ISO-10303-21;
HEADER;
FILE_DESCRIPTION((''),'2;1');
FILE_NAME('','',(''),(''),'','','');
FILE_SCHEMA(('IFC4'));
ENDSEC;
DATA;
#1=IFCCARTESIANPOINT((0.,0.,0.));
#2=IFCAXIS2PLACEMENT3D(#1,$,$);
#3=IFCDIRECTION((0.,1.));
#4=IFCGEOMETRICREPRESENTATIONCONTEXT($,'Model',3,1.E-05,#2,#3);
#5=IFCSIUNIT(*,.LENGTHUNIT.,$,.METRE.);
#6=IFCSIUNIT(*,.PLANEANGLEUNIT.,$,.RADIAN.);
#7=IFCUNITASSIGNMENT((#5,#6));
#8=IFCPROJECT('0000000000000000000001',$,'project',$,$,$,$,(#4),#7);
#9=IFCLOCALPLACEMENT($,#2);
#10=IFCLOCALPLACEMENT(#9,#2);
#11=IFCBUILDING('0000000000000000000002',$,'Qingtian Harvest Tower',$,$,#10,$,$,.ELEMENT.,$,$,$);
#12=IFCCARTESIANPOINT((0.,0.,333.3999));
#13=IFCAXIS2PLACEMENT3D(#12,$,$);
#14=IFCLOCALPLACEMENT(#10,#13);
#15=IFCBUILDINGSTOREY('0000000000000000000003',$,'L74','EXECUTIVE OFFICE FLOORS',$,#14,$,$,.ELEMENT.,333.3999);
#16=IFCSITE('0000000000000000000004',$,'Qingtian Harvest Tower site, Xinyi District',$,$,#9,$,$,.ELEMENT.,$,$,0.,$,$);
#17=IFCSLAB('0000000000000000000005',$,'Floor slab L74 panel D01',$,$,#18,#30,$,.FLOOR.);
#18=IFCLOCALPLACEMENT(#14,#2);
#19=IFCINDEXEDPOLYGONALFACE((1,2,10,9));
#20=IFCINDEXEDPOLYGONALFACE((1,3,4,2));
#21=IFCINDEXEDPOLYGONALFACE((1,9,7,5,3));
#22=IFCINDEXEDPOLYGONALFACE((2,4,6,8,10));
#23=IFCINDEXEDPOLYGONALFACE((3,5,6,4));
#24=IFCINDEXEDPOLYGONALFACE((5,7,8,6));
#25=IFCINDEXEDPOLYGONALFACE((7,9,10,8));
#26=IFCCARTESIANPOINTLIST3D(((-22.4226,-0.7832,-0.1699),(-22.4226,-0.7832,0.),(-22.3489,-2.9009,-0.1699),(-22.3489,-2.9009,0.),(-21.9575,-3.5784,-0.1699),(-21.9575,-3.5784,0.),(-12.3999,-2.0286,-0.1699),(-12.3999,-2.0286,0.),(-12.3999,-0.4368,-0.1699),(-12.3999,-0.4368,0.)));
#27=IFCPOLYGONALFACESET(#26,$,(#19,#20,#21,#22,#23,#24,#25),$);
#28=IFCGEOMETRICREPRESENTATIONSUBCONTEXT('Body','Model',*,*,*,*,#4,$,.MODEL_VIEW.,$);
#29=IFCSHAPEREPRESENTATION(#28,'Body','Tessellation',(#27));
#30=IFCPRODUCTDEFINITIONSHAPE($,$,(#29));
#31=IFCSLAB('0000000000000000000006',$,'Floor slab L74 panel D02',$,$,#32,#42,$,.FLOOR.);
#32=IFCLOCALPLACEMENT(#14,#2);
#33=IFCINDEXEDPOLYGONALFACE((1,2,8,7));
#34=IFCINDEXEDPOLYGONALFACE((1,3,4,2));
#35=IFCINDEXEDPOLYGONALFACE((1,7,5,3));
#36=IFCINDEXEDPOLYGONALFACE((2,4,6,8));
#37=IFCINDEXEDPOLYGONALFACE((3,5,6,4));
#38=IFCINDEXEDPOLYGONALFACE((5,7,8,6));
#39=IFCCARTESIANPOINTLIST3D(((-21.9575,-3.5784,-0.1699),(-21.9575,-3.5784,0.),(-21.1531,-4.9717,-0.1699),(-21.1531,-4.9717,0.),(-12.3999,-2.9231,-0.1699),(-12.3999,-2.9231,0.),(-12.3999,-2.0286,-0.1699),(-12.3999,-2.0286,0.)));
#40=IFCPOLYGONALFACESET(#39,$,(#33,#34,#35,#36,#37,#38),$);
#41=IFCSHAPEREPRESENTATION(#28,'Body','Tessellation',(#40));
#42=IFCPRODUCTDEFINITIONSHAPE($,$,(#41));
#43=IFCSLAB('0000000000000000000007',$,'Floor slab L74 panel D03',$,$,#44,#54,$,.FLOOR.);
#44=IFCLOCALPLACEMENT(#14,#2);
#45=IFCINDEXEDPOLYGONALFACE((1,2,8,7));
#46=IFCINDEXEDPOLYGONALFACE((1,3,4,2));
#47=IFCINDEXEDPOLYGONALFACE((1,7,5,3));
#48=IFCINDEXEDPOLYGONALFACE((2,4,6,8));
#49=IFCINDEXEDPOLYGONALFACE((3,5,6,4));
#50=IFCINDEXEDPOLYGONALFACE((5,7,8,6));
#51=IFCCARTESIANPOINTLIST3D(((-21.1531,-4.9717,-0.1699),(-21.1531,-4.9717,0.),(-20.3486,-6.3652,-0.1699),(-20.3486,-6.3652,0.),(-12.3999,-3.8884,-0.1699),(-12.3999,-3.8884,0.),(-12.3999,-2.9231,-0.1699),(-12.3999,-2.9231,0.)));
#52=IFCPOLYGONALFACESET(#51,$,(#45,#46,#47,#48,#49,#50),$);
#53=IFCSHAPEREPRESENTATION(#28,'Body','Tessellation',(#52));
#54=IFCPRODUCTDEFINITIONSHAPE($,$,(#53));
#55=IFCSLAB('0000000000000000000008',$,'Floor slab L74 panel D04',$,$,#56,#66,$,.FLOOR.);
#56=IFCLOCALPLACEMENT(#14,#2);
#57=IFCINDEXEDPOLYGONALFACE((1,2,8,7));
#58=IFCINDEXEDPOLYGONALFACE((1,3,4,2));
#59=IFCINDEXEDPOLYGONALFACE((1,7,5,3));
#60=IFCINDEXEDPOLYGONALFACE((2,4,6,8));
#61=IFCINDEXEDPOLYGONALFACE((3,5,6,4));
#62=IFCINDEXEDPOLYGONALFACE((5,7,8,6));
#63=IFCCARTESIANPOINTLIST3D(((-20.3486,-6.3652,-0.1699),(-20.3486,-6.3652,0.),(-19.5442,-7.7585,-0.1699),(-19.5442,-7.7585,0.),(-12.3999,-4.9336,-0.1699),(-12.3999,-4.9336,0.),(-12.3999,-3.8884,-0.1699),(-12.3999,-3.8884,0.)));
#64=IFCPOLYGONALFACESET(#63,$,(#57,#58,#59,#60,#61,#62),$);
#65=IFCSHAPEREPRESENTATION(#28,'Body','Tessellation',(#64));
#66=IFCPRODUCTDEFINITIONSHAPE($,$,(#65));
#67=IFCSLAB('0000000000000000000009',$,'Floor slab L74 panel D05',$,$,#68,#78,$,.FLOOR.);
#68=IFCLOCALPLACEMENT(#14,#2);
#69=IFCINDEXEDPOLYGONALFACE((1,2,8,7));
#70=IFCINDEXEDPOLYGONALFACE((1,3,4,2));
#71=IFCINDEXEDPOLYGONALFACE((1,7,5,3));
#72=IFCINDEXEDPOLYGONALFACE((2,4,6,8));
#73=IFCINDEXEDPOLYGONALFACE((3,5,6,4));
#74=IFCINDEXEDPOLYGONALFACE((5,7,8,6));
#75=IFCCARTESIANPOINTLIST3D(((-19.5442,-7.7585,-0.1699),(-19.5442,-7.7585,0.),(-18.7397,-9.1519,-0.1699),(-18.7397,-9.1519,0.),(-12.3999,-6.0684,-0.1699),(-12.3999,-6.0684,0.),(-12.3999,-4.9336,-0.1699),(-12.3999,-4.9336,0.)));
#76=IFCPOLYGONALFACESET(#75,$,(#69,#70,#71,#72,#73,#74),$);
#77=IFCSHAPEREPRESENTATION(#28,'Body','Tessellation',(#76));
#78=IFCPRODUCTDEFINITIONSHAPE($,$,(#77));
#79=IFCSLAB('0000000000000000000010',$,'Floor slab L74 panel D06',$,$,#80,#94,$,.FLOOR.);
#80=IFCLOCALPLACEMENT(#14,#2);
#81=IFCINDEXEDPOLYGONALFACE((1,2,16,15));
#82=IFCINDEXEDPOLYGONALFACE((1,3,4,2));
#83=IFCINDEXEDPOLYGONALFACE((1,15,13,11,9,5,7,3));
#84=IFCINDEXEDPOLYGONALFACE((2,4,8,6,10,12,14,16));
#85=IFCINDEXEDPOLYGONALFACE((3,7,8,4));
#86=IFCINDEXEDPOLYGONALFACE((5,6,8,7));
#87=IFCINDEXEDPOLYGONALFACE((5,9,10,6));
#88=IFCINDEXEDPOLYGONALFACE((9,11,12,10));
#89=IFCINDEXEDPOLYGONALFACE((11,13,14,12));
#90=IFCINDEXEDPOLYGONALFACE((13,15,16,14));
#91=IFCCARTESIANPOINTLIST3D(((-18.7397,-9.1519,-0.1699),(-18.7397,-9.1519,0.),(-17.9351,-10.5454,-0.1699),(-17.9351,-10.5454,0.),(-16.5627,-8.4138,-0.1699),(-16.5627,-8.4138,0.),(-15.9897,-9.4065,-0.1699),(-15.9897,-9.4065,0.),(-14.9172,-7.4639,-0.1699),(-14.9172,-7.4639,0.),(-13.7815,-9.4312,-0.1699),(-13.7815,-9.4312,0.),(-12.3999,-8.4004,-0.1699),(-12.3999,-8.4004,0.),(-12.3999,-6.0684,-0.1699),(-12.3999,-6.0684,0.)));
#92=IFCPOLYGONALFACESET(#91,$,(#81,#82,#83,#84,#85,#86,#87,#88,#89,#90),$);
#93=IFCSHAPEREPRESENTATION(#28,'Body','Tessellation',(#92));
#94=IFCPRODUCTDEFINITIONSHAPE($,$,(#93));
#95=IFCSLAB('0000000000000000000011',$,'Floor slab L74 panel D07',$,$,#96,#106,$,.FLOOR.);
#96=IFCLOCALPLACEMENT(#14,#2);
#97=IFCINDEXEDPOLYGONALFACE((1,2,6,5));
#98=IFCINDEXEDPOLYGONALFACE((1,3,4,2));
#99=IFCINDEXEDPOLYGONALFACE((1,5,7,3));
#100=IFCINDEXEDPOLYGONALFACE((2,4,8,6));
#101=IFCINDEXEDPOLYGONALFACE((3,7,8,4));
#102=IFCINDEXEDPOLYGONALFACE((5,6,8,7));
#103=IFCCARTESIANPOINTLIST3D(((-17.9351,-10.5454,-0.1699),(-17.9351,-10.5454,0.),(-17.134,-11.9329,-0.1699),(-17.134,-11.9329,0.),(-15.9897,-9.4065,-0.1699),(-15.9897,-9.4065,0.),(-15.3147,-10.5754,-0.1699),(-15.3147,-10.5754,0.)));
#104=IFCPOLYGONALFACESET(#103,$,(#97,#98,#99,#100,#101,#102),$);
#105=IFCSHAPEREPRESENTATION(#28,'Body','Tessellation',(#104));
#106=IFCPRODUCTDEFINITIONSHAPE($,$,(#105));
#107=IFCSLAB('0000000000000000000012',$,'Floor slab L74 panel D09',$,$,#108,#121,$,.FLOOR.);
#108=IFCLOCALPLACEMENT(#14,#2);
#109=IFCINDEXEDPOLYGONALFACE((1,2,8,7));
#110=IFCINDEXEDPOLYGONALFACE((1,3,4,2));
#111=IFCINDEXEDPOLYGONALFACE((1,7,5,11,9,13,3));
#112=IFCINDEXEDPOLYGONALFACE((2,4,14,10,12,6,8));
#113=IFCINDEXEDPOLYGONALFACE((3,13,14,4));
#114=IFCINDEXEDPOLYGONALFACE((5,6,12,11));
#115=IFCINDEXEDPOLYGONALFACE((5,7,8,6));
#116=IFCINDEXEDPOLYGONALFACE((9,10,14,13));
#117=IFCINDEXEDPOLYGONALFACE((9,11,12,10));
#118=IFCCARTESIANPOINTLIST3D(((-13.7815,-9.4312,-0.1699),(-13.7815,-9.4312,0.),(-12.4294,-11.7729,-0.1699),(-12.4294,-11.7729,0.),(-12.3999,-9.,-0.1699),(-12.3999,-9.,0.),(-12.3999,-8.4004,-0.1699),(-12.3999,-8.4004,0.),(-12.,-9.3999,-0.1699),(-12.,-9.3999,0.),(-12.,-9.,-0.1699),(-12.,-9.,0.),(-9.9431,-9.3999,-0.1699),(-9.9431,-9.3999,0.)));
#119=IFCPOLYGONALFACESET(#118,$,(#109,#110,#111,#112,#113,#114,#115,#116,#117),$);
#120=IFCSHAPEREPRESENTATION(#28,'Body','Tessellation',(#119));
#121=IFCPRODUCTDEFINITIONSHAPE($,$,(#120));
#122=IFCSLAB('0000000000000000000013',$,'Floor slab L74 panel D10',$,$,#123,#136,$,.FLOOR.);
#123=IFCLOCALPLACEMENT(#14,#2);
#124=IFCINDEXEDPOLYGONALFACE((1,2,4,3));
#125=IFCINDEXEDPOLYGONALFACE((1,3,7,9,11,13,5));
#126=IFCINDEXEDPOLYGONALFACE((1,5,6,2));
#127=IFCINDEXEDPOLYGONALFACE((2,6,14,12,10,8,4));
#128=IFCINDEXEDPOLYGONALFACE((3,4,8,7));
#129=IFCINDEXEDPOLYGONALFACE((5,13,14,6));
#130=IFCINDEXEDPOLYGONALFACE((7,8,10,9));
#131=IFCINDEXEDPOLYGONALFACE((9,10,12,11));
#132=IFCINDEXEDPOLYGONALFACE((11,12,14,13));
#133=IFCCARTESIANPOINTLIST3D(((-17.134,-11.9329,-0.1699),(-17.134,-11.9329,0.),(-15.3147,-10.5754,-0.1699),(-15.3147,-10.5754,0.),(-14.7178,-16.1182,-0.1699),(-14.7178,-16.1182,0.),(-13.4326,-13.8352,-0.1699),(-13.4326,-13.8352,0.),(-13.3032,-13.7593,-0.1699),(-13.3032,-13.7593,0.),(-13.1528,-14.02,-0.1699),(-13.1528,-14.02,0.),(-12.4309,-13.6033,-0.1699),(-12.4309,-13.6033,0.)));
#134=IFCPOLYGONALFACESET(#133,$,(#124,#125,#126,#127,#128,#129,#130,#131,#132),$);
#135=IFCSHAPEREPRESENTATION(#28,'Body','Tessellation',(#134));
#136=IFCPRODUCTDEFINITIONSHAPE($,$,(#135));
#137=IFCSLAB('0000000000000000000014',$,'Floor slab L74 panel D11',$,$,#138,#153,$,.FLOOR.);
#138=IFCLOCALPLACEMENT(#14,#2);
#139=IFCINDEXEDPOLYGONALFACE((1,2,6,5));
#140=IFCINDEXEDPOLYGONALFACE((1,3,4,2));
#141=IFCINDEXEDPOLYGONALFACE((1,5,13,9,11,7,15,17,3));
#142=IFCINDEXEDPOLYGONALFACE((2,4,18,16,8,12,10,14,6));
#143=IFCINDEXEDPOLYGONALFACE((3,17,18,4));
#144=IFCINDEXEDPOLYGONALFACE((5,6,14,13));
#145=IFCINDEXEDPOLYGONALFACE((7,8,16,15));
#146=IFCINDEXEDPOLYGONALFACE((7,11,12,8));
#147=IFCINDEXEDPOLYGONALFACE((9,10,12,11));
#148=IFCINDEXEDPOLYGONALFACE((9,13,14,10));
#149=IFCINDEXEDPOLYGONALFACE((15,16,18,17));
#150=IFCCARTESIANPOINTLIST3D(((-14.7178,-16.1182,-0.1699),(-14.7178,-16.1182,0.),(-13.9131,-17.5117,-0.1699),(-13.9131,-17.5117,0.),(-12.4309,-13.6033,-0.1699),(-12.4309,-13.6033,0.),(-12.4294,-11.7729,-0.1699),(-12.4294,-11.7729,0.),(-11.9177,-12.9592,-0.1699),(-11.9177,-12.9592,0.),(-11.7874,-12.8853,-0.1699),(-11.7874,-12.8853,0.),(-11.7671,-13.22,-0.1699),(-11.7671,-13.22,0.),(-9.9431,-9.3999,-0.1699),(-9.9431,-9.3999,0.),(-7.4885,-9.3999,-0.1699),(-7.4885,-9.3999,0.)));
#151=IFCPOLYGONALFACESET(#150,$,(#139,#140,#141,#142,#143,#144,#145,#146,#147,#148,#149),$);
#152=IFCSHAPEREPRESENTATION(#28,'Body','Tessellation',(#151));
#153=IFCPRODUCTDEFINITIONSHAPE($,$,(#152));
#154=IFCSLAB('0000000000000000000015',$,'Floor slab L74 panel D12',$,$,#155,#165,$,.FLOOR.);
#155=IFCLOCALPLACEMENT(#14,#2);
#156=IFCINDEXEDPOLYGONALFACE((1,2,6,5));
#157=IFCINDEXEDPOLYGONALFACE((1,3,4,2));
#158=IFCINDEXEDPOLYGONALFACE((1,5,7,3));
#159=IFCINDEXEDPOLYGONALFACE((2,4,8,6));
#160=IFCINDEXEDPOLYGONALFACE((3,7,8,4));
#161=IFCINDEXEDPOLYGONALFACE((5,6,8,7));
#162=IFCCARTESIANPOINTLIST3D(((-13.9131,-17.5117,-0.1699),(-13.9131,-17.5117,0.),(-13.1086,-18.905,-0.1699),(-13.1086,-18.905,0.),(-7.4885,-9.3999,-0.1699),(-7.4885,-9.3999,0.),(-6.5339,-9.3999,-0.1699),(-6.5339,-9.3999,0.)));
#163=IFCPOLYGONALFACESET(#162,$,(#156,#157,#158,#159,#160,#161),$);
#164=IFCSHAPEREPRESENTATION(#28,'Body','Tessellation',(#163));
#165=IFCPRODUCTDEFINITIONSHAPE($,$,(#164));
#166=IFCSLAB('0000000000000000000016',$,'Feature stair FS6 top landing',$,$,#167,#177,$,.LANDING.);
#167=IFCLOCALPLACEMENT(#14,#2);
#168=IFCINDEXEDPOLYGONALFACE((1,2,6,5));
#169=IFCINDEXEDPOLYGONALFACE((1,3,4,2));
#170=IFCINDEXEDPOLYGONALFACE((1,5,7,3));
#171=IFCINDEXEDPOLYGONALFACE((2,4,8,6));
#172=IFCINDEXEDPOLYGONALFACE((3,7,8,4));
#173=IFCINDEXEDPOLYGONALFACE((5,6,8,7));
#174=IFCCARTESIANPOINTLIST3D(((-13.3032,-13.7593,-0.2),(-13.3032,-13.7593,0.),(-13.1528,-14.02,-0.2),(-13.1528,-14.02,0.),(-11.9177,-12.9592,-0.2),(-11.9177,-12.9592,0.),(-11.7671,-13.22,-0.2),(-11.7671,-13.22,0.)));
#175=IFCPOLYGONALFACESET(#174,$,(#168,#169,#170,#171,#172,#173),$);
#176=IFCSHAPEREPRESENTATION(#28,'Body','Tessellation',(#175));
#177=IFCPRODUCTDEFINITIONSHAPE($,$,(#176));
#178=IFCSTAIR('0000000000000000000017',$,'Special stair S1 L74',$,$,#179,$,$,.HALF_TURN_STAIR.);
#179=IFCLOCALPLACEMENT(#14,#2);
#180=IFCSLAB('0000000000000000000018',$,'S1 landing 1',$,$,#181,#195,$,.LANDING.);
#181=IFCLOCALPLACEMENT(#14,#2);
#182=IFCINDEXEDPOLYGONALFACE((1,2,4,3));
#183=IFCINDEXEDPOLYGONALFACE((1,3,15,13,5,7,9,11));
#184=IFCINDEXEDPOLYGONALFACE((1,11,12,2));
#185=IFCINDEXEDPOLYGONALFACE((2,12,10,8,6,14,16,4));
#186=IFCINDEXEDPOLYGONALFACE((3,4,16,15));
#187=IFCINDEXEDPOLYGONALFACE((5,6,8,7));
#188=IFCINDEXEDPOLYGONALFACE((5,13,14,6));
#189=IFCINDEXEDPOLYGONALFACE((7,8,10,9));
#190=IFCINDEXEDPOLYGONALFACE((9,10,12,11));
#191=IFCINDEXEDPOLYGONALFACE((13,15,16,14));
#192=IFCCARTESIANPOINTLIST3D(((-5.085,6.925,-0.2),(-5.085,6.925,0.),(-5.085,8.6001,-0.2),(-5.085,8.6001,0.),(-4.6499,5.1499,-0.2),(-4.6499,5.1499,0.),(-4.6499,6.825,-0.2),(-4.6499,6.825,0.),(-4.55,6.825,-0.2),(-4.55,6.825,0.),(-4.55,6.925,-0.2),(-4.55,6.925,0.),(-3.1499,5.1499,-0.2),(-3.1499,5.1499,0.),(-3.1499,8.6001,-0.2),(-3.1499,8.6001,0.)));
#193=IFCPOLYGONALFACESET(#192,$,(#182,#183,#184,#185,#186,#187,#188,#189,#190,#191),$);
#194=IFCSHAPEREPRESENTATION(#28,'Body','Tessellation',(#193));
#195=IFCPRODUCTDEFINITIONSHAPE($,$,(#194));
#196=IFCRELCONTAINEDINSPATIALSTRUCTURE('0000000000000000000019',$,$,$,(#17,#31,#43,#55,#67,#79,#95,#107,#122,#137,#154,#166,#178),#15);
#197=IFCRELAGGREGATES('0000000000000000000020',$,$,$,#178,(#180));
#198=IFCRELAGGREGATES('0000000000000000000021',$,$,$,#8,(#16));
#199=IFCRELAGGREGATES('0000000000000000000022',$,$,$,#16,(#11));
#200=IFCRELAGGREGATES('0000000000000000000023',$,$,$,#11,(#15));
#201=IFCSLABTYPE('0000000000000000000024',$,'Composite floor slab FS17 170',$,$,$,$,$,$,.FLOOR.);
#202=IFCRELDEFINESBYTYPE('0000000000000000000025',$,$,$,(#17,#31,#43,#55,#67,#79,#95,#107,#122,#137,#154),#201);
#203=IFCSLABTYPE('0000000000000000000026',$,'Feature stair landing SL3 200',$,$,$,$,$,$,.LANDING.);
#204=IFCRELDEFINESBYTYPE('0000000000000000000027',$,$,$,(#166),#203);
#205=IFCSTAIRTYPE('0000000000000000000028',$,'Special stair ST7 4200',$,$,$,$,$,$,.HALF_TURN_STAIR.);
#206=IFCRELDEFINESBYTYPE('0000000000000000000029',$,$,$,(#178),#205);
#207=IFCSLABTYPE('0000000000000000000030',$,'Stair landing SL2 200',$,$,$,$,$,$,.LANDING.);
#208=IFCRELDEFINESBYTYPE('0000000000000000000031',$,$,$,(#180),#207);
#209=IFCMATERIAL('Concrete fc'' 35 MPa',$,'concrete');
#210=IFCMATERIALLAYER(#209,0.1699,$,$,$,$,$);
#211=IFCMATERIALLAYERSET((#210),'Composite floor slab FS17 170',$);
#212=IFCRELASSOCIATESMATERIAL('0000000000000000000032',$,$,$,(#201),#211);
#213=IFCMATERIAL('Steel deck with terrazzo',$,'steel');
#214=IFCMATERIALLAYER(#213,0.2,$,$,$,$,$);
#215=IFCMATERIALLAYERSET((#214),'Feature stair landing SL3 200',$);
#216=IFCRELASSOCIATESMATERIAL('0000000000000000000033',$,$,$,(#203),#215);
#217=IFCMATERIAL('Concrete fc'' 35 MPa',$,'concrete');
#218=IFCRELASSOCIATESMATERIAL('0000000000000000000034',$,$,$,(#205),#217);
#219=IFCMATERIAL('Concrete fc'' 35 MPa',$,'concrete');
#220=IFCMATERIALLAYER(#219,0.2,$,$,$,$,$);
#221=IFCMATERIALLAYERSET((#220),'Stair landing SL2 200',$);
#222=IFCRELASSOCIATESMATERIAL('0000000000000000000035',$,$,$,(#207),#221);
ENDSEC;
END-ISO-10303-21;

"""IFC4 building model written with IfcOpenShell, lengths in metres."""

from ifc_helpers import new_model, si_unit, direction, frame, origin, place, context, subcontext, project, spatial, polyline, outline, extrude, material, layer, layer_set, type_object, element, aggregate, save


model = new_model("IFC4")

# Units and contexts
model_context = context("Model", 3, precision=1e-05, world=origin(), true_north=direction((0.0, 1.0)))
body_context = subcontext(model_context, "Body", "Model", "MODEL_VIEW")
ifc_project = project(units=[si_unit("LENGTHUNIT", "METRE"), si_unit("PLANEANGLEUNIT", "RADIAN")], contexts=[model_context])

# Site, building, storey
site_placement = place(None, origin())
site = spatial("IfcSite", under=ifc_project, at=site_placement, Name="Qingtian Harvest Tower site, Xinyi District", CompositionType="ELEMENT", RefElevation=0.0)
building_placement = place(site_placement, origin())
building = spatial("IfcBuilding", under=site, at=building_placement, Name="Qingtian Harvest Tower", CompositionType="ELEMENT")
storey_placement = place(building_placement, frame((0.0, 0.0, 333.3999)))
storey = spatial("IfcBuildingStorey", under=building, at=storey_placement, Name="L74", Description="EXECUTIVE OFFICE FLOORS", CompositionType="ELEMENT", Elevation=333.3999)

# Slabs
ifc_material_1 = material(Name="Concrete fc' 35 MPa", Category="concrete")
ifc_layer_1 = layer(ifc_material_1, 0.1699)
ifc_layer_set_1 = layer_set([ifc_layer_1], Name="Composite floor slab FS17 170")
slab_type_1 = type_object("IfcSlabType", Name="Composite floor slab FS17 170", PredefinedType="FLOOR", material=ifc_layer_set_1)
slab_1_placement = place(storey_placement, frame((0.0, 0.0, -0.1699)))
element("IfcSlab", 1, at=slab_1_placement, inside=storey, type_object=slab_type_1, Name="Floor slab L74 panel D01", PredefinedType="FLOOR", context=body_context, shape_type="SweptSolid", body=[
    extrude(outline(polyline([(-22.4226, -0.7832), (-12.3999, -0.4368), (-12.3999, -2.0286), (-21.9575, -3.5784), (-22.3489, -2.9009), (-22.4226, -0.7832)])), origin(), (0.0, 0.0, 1.0), 0.1699),
])
slab_2_placement = place(storey_placement, frame((0.0, 0.0, -0.1699)))
element("IfcSlab", 2, at=slab_2_placement, inside=storey, type_object=slab_type_1, Name="Floor slab L74 panel D02", PredefinedType="FLOOR", context=body_context, shape_type="SweptSolid", body=[
    extrude(outline(polyline([(-12.3999, -2.9231), (-21.1531, -4.9717), (-21.9575, -3.5784), (-12.3999, -2.0286), (-12.3999, -2.9231)])), origin(), (0.0, 0.0, 1.0), 0.1699),
])
slab_3_placement = place(storey_placement, frame((0.0, 0.0, -0.1699)))
element("IfcSlab", 3, at=slab_3_placement, inside=storey, type_object=slab_type_1, Name="Floor slab L74 panel D03", PredefinedType="FLOOR", context=body_context, shape_type="SweptSolid", body=[
    extrude(outline(polyline([(-12.3999, -3.8884), (-20.3486, -6.3652), (-21.1531, -4.9717), (-12.3999, -2.9231), (-12.3999, -3.8884)])), origin(), (0.0, 0.0, 1.0), 0.1699),
])
slab_4_placement = place(storey_placement, frame((0.0, 0.0, -0.1699)))
element("IfcSlab", 4, at=slab_4_placement, inside=storey, type_object=slab_type_1, Name="Floor slab L74 panel D04", PredefinedType="FLOOR", context=body_context, shape_type="SweptSolid", body=[
    extrude(outline(polyline([(-12.3999, -4.9336), (-19.5442, -7.7585), (-20.3486, -6.3652), (-12.3999, -3.8884), (-12.3999, -4.9336)])), origin(), (0.0, 0.0, 1.0), 0.1699),
])
slab_5_placement = place(storey_placement, frame((0.0, 0.0, -0.1699)))
element("IfcSlab", 5, at=slab_5_placement, inside=storey, type_object=slab_type_1, Name="Floor slab L74 panel D05", PredefinedType="FLOOR", context=body_context, shape_type="SweptSolid", body=[
    extrude(outline(polyline([(-12.3999, -6.0684), (-18.7397, -9.1519), (-19.5442, -7.7585), (-12.3999, -4.9336), (-12.3999, -6.0684)])), origin(), (0.0, 0.0, 1.0), 0.1699),
])
slab_6_placement = place(storey_placement, frame((0.0, 0.0, -0.1699)))
element("IfcSlab", 6, at=slab_6_placement, inside=storey, type_object=slab_type_1, Name="Floor slab L74 panel D06", PredefinedType="FLOOR", context=body_context, shape_type="SweptSolid", body=[
    extrude(outline(polyline([(-17.9351, -10.5454), (-18.7397, -9.1519), (-12.3999, -6.0684), (-12.3999, -8.4004), (-13.7815, -9.4312), (-14.9172, -7.4639), (-16.5627, -8.4138), (-15.9897, -9.4065), (-17.9351, -10.5454)])), origin(), (0.0, 0.0, 1.0), 0.1699),
])
slab_7_placement = place(storey_placement, frame((0.0, 0.0, -0.1699)))
element("IfcSlab", 7, at=slab_7_placement, inside=storey, type_object=slab_type_1, Name="Floor slab L74 panel D07", PredefinedType="FLOOR", context=body_context, shape_type="SweptSolid", body=[
    extrude(outline(polyline([(-15.3147, -10.5754), (-17.134, -11.9329), (-17.9351, -10.5454), (-15.9897, -9.4065), (-15.3147, -10.5754)])), origin(), (0.0, 0.0, 1.0), 0.1699),
])
slab_8_placement = place(storey_placement, frame((0.0, 0.0, -0.1699)))
element("IfcSlab", 8, at=slab_8_placement, inside=storey, type_object=slab_type_1, Name="Floor slab L74 panel D09", PredefinedType="FLOOR", context=body_context, shape_type="SweptSolid", body=[
    extrude(outline(polyline([(-13.7815, -9.4312), (-12.3999, -8.4004), (-12.3999, -9.0), (-12.0, -9.0), (-12.0, -9.3999), (-9.9431, -9.3999), (-12.4294, -11.7729), (-13.7815, -9.4312)])), origin(), (0.0, 0.0, 1.0), 0.1699),
])
slab_9_placement = place(storey_placement, frame((0.0, 0.0, -0.1699)))
element("IfcSlab", 9, at=slab_9_placement, inside=storey, type_object=slab_type_1, Name="Floor slab L74 panel D10", PredefinedType="FLOOR", context=body_context, shape_type="SweptSolid", body=[
    extrude(outline(polyline([(-17.134, -11.9329), (-15.3147, -10.5754), (-13.4326, -13.8352), (-13.3032, -13.7593), (-13.1528, -14.02), (-12.4309, -13.6033), (-14.7178, -16.1182), (-17.134, -11.9329)])), origin(), (0.0, 0.0, 1.0), 0.1699),
])
slab_10_placement = place(storey_placement, frame((0.0, 0.0, -0.1699)))
element("IfcSlab", 10, at=slab_10_placement, inside=storey, type_object=slab_type_1, Name="Floor slab L74 panel D11", PredefinedType="FLOOR", context=body_context, shape_type="SweptSolid", body=[
    extrude(outline(polyline([(-14.7178, -16.1182), (-12.4309, -13.6033), (-11.7671, -13.22), (-11.9177, -12.9592), (-11.7874, -12.8853), (-12.4294, -11.7729), (-9.9431, -9.3999), (-7.4885, -9.3999), (-13.9131, -17.5117), (-14.7178, -16.1182)])), origin(), (0.0, 0.0, 1.0), 0.1699),
])
slab_11_placement = place(storey_placement, frame((0.0, 0.0, -0.1699)))
element("IfcSlab", 11, at=slab_11_placement, inside=storey, type_object=slab_type_1, Name="Floor slab L74 panel D12", PredefinedType="FLOOR", context=body_context, shape_type="SweptSolid", body=[
    extrude(outline(polyline([(-6.5339, -9.3999), (-13.1086, -18.905), (-13.9131, -17.5117), (-7.4885, -9.3999), (-6.5339, -9.3999)])), origin(), (0.0, 0.0, 1.0), 0.1699),
])
ifc_material_2 = material(Name="Steel deck with terrazzo", Category="steel")
ifc_layer_2 = layer(ifc_material_2, 0.2)
ifc_layer_set_2 = layer_set([ifc_layer_2], Name="Feature stair landing SL3 200")
slab_type_2 = type_object("IfcSlabType", Name="Feature stair landing SL3 200", PredefinedType="LANDING", material=ifc_layer_set_2)
slab_12_placement = place(storey_placement, frame((0.0, 0.0, -0.2)))
element("IfcSlab", 12, at=slab_12_placement, inside=storey, type_object=slab_type_2, Name="Feature stair FS6 top landing", PredefinedType="LANDING", context=body_context, shape_type="SweptSolid", body=[
    extrude(outline(polyline([(-13.3032, -13.7593), (-13.1528, -14.02), (-11.7671, -13.22), (-11.9177, -12.9592), (-13.3032, -13.7593)])), origin(), (0.0, 0.0, 1.0), 0.2),
])

# Stair, slab
ifc_material_3 = material(Name="Concrete fc' 35 MPa", Category="concrete")
stair_type = type_object("IfcStairType", Name="Special stair ST7 4200", PredefinedType="HALF_TURN_STAIR", material=ifc_material_3)
stair_1_placement = place(storey_placement, origin())
stair_1 = element("IfcStair", 13, at=stair_1_placement, inside=storey, type_object=stair_type, Name="Special stair S1 L74", PredefinedType="HALF_TURN_STAIR")
ifc_material_4 = material(Name="Concrete fc' 35 MPa", Category="concrete")
ifc_layer_3 = layer(ifc_material_4, 0.2)
ifc_layer_set_3 = layer_set([ifc_layer_3], Name="Stair landing SL2 200")
slab_type_3 = type_object("IfcSlabType", Name="Stair landing SL2 200", PredefinedType="LANDING", material=ifc_layer_set_3)
slab_13_placement = place(storey_placement, frame((0.0, 0.0, -0.2)))
slab_13 = element("IfcSlab", 14, at=slab_13_placement, type_object=slab_type_3, Name="S1 landing 1", PredefinedType="LANDING", context=body_context, shape_type="SweptSolid", body=[
    extrude(outline(polyline([(-4.6499, 5.1499), (-4.6499, 6.825), (-4.55, 6.825), (-4.55, 6.925), (-5.085, 6.925), (-5.085, 8.6001), (-3.1499, 8.6001), (-3.1499, 5.1499), (-4.6499, 5.1499)])), origin(), (0.0, 0.0, 1.0), 0.2),
])
aggregate(stair_1, [slab_13])

save(model, "model.ifc")
